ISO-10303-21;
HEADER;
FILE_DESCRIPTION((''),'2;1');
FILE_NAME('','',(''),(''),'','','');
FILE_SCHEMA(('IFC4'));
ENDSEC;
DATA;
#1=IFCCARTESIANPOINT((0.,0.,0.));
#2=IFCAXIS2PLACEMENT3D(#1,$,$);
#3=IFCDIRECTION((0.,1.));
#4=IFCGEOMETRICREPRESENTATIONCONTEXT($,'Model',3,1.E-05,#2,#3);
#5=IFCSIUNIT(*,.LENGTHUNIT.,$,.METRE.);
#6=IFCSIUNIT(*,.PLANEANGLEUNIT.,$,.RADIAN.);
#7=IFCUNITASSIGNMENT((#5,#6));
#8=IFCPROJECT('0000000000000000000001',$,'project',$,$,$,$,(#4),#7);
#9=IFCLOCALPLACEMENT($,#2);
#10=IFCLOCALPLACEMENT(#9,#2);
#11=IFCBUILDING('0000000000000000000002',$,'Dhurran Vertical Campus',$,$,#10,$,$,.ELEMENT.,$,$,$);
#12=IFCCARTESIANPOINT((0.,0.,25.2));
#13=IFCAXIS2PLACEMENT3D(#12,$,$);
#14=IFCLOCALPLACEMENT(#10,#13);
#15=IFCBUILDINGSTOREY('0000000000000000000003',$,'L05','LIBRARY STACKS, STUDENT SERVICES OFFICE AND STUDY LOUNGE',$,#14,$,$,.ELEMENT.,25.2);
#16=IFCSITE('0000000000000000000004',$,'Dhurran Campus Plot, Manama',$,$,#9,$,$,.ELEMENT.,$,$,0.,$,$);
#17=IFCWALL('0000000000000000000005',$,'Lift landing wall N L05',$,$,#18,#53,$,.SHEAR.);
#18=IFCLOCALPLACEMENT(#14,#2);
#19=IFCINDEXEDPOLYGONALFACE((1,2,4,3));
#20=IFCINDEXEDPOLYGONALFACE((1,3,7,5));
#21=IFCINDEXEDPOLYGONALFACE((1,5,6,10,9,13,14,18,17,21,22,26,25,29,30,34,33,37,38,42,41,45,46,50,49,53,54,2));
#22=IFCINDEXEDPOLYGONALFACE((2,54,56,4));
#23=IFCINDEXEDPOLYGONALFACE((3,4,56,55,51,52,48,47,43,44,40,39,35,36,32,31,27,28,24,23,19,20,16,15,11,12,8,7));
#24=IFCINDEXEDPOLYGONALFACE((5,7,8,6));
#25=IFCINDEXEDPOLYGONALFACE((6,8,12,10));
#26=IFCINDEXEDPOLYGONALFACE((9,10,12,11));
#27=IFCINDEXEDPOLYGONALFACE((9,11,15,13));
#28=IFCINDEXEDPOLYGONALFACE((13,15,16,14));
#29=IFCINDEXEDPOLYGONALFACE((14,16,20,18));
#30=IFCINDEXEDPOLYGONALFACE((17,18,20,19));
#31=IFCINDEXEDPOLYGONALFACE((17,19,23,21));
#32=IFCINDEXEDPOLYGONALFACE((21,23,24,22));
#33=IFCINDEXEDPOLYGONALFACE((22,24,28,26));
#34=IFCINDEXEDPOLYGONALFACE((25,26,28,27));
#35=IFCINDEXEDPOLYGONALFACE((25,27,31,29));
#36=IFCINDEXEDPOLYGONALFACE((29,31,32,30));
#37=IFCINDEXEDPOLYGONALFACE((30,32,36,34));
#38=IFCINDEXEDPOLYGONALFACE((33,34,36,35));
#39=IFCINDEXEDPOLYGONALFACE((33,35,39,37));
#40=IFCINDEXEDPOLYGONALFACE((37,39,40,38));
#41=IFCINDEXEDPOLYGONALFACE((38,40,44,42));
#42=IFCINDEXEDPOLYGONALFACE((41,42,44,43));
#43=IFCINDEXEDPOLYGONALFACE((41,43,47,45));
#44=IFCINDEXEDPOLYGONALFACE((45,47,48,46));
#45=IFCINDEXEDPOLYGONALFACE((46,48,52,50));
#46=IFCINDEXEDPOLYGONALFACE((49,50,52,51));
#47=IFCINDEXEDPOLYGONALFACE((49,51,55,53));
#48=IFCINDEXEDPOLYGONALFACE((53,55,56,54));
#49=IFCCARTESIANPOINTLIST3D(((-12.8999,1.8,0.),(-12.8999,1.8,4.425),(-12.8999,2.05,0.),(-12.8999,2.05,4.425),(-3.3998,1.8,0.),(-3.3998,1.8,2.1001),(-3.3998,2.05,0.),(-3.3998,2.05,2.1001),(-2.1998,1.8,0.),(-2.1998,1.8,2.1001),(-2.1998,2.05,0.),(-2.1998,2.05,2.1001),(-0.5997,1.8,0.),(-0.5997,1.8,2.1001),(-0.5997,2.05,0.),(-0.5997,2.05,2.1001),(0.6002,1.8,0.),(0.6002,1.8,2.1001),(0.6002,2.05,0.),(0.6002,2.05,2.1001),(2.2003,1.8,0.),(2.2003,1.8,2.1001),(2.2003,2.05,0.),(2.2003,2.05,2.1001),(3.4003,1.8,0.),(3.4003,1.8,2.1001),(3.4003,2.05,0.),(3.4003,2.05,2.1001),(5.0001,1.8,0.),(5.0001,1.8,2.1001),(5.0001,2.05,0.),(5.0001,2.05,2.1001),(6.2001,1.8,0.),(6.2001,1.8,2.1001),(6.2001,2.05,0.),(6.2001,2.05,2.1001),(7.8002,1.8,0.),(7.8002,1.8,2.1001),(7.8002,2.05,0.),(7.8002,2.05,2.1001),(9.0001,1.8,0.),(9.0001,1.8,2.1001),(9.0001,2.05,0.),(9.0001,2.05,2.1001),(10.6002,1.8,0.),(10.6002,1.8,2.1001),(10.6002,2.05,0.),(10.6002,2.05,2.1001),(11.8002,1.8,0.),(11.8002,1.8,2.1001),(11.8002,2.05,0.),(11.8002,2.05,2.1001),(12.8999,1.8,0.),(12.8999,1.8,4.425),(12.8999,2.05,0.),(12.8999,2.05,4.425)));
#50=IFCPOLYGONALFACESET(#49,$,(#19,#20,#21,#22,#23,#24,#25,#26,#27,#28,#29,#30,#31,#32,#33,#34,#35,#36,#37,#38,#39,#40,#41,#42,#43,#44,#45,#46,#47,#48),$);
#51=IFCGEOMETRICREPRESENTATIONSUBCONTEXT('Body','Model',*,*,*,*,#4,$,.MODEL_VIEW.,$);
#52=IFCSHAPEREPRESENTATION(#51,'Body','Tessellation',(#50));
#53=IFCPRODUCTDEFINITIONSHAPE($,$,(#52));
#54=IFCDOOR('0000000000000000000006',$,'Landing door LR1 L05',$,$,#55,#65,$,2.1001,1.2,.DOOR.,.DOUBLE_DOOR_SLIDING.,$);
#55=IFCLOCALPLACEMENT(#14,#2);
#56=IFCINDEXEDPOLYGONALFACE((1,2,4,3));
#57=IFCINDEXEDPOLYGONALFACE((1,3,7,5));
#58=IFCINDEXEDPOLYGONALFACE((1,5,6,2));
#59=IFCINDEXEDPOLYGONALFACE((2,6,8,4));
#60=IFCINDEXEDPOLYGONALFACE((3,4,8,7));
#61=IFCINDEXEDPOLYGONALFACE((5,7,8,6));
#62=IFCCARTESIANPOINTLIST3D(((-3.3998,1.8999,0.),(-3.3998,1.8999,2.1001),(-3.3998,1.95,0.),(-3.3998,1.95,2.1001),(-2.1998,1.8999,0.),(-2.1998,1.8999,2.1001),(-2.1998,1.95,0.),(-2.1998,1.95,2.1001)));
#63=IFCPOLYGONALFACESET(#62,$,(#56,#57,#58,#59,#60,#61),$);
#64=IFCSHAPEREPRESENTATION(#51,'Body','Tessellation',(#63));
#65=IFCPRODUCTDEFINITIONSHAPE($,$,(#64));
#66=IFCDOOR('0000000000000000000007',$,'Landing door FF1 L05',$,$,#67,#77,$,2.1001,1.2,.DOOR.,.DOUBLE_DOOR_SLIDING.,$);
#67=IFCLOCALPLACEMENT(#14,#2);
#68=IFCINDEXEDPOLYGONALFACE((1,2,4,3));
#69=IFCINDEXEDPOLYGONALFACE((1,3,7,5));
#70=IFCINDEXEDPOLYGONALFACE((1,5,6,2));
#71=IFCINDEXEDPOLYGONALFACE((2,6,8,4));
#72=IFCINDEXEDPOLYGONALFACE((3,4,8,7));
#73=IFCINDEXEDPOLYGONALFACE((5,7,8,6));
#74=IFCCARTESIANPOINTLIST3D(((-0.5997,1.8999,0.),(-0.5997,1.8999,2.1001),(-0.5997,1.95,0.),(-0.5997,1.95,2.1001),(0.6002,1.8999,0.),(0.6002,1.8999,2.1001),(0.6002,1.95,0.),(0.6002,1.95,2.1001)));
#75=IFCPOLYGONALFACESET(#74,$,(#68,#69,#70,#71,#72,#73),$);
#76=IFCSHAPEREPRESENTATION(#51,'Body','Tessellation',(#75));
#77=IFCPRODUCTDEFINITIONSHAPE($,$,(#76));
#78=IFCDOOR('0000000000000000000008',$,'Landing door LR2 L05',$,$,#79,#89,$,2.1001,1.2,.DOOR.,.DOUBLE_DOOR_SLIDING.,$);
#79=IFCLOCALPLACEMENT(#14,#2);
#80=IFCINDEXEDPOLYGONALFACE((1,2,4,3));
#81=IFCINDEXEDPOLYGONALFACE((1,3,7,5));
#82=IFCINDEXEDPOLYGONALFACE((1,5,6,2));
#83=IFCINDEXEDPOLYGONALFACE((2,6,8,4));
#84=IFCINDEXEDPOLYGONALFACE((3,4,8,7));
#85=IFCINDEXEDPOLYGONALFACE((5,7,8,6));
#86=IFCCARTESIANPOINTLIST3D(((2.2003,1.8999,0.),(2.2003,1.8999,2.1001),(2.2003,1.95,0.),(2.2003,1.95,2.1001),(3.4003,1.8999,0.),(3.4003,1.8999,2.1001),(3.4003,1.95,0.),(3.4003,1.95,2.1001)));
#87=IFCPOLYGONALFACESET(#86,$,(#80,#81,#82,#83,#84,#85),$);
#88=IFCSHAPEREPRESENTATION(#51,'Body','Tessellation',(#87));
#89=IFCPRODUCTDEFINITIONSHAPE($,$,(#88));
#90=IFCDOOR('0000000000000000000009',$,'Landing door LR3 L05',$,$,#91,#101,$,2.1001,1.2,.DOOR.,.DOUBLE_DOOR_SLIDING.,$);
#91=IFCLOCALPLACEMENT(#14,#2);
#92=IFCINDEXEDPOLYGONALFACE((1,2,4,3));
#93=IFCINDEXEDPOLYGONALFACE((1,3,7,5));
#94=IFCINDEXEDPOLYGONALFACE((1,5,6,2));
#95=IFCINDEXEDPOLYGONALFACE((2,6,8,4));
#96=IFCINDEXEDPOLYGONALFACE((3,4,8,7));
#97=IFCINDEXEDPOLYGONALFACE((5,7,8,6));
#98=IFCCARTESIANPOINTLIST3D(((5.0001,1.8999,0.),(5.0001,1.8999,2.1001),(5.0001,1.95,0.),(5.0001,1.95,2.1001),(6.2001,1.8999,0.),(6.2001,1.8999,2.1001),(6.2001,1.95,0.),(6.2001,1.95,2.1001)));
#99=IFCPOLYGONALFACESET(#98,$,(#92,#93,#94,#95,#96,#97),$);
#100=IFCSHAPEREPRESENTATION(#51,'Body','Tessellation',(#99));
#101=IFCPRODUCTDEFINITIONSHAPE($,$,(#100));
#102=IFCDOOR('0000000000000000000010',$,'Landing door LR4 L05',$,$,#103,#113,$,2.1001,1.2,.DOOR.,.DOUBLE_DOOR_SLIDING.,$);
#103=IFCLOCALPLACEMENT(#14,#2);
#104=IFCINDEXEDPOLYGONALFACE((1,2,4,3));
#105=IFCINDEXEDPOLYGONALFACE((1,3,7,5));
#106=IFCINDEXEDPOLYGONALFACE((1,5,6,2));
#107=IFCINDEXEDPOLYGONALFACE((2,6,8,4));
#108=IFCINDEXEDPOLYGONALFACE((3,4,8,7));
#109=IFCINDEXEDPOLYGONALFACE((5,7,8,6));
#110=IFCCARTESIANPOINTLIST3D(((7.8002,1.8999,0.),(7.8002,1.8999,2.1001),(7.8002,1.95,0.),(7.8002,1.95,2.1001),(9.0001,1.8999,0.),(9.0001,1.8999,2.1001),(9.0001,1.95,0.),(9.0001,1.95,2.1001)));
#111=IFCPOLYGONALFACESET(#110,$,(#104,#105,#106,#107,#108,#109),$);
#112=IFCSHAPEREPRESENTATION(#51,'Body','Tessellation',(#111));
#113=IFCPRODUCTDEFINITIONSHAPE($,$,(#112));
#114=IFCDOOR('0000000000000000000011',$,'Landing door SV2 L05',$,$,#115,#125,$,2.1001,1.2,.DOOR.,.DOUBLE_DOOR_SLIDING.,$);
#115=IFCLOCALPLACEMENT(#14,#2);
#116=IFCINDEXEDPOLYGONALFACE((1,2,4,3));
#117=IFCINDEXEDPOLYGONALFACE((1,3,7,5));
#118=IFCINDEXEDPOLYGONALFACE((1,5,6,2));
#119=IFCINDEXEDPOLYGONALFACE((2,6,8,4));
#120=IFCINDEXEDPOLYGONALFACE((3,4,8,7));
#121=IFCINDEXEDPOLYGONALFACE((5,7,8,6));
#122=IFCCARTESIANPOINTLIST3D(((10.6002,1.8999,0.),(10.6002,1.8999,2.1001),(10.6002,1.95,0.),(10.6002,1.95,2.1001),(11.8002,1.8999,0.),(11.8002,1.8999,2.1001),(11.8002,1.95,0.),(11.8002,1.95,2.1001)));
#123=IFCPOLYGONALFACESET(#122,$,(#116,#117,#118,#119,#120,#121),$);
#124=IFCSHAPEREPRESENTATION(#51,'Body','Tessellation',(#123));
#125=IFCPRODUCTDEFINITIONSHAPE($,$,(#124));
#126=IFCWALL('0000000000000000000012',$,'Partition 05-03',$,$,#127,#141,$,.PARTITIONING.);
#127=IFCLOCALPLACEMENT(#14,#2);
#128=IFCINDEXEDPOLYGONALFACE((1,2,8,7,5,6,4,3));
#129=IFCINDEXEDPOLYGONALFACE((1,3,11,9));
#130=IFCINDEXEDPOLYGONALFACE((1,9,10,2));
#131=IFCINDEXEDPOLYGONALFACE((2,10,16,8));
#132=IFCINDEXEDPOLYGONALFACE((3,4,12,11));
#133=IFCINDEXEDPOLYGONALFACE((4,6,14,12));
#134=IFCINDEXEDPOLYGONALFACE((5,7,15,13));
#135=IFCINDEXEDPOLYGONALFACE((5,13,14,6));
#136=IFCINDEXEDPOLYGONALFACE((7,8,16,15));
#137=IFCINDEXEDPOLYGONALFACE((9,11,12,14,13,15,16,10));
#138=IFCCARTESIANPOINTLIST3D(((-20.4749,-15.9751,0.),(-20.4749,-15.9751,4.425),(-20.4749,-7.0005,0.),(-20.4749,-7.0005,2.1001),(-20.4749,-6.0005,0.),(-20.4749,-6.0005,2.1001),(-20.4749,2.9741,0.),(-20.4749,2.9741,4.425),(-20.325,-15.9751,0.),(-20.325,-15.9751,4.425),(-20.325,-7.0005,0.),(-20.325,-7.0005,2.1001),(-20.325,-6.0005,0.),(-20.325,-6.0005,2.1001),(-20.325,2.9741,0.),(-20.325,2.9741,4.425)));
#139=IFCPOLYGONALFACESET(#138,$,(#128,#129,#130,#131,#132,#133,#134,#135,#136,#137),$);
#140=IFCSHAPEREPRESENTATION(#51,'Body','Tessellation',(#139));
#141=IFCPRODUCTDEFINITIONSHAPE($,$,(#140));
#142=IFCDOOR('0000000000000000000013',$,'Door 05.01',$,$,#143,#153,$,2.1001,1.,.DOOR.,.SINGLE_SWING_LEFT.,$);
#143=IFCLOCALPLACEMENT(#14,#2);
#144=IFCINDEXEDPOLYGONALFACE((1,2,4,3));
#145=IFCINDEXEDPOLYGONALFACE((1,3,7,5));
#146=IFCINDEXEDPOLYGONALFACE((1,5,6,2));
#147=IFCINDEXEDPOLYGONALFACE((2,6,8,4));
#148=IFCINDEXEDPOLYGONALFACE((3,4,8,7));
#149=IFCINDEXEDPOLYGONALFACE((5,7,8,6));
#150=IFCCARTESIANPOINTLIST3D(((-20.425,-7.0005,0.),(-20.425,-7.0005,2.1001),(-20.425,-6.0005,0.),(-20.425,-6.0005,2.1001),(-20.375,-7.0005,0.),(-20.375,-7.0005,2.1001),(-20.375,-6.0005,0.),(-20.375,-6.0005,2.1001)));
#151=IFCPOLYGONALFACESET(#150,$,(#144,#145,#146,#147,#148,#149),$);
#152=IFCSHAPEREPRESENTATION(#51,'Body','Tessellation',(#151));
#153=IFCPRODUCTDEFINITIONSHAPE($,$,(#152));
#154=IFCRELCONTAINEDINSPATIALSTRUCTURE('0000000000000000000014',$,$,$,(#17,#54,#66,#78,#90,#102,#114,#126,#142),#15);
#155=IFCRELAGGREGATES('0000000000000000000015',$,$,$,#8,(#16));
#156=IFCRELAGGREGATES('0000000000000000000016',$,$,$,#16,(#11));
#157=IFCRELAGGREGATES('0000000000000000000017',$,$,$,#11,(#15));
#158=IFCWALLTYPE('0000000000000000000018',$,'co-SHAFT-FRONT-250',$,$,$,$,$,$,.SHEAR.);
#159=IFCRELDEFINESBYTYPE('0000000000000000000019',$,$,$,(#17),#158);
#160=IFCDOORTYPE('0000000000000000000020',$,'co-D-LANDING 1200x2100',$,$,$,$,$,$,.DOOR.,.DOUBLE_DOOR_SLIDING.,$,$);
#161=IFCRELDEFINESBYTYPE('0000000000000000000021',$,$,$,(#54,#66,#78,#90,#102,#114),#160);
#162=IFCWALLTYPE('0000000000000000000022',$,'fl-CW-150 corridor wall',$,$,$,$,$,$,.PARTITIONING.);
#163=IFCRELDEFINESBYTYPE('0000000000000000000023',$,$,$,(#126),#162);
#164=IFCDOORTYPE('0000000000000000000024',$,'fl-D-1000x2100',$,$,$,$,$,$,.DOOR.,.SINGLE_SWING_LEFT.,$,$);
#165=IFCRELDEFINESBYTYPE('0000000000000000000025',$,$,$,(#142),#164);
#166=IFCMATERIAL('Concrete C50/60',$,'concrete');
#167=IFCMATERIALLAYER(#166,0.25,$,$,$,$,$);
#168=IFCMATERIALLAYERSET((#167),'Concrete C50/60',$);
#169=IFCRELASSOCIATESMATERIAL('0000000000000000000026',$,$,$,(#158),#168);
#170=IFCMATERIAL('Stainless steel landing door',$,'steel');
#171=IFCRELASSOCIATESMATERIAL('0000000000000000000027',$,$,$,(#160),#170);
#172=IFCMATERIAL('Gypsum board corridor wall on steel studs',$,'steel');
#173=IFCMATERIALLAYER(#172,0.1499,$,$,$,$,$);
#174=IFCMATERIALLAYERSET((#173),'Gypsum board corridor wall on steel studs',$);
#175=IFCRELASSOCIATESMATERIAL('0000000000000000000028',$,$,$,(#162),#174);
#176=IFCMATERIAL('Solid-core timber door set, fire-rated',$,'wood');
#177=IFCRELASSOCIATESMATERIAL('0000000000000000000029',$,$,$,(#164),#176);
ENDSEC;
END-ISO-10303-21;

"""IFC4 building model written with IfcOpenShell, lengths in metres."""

from ifc_helpers import new_model, si_unit, direction, frame, frame_2d, origin, place, context, subcontext, project, spatial, rectangle, extrude, material, layer, layer_set, type_object, element, fill, save


model = new_model("IFC4")

# Units and contexts
model_context = context("Model", 3, precision=1e-05, world=origin(), true_north=direction((0.0, 1.0)))
body_context = subcontext(model_context, "Body", "Model", "MODEL_VIEW")
ifc_project = project(units=[si_unit("LENGTHUNIT", "METRE"), si_unit("PLANEANGLEUNIT", "RADIAN")], contexts=[model_context])

# Site, building, storey
site_placement = place(None, origin())
site = spatial("IfcSite", under=ifc_project, at=site_placement, Name="Dhurran Campus Plot, Manama", CompositionType="ELEMENT", RefElevation=0.0)
building_placement = place(site_placement, origin())
building = spatial("IfcBuilding", under=site, at=building_placement, Name="Dhurran Vertical Campus", CompositionType="ELEMENT")
storey_placement = place(building_placement, frame((0.0, 0.0, 25.2)))
storey = spatial("IfcBuildingStorey", under=building, at=storey_placement, Name="L05", Description="LIBRARY STACKS, STUDENT SERVICES OFFICE AND STUDY LOUNGE", CompositionType="ELEMENT", Elevation=25.2)

# Wall, openings, doors
ifc_material_1 = material(Name="Concrete C50/60", Category="concrete")
ifc_layer_1 = layer(ifc_material_1, 0.25)
ifc_layer_set_1 = layer_set([ifc_layer_1], Name="Concrete C50/60")
wall_type_1 = type_object("IfcWallType", Name="co-SHAFT-FRONT-250", PredefinedType="SHEAR", material=ifc_layer_set_1)
wall_1_placement = place(storey_placement, frame((-12.8999, 1.925, 0.0), z_axis=(0.0, 0.0, 1.0), x_axis=(1.0, 0.0, 0.0)))
wall_1 = element("IfcWall", 1, at=wall_1_placement, inside=storey, type_object=wall_type_1, Name="Lift landing wall N L05", PredefinedType="SHEAR", context=body_context, shape_type="SweptSolid", body=[
    extrude(rectangle(XDim=25.7998, YDim=0.25, at=frame_2d((12.8999, 0.0))), origin(), (0.0, 0.0, 1.0), 4.425),
])
opening_1_placement = place(wall_1_placement, frame((9.5, 0.0, 0.0)))
opening_1 = element("IfcOpeningElement", 2, at=opening_1_placement, cuts=wall_1, PredefinedType="OPENING", context=body_context, shape_type="SweptSolid", body=[
    extrude(rectangle(XDim=1.2, YDim=2.1001, at=frame_2d((0.6001, 1.05))), frame((0.0, 0.135, 0.0), z_axis=(0.0, -1.0, 0.0), x_axis=(1.0, 0.0, 0.0)), (0.0, 0.0, 1.0), 0.27),
])
opening_2_placement = place(wall_1_placement, frame((12.3, 0.0, 0.0)))
opening_2 = element("IfcOpeningElement", 3, at=opening_2_placement, cuts=wall_1, PredefinedType="OPENING", context=body_context, shape_type="SweptSolid", body=[
    extrude(rectangle(XDim=1.2, YDim=2.1001, at=frame_2d((0.6001, 1.05))), frame((0.0, 0.135, 0.0), z_axis=(0.0, -1.0, 0.0), x_axis=(1.0, 0.0, 0.0)), (0.0, 0.0, 1.0), 0.27),
])
opening_3_placement = place(wall_1_placement, frame((15.1001, 0.0, 0.0)))
opening_3 = element("IfcOpeningElement", 4, at=opening_3_placement, cuts=wall_1, PredefinedType="OPENING", context=body_context, shape_type="SweptSolid", body=[
    extrude(rectangle(XDim=1.2, YDim=2.1001, at=frame_2d((0.6001, 1.05))), frame((0.0, 0.135, 0.0), z_axis=(0.0, -1.0, 0.0), x_axis=(1.0, 0.0, 0.0)), (0.0, 0.0, 1.0), 0.27),
])
opening_4_placement = place(wall_1_placement, frame((17.8999, 0.0, 0.0)))
opening_4 = element("IfcOpeningElement", 5, at=opening_4_placement, cuts=wall_1, PredefinedType="OPENING", context=body_context, shape_type="SweptSolid", body=[
    extrude(rectangle(XDim=1.2, YDim=2.1001, at=frame_2d((0.6001, 1.05))), frame((0.0, 0.135, 0.0), z_axis=(0.0, -1.0, 0.0), x_axis=(1.0, 0.0, 0.0)), (0.0, 0.0, 1.0), 0.27),
])
opening_5_placement = place(wall_1_placement, frame((20.7, 0.0, 0.0)))
opening_5 = element("IfcOpeningElement", 6, at=opening_5_placement, cuts=wall_1, PredefinedType="OPENING", context=body_context, shape_type="SweptSolid", body=[
    extrude(rectangle(XDim=1.2, YDim=2.1001, at=frame_2d((0.6001, 1.05))), frame((0.0, 0.135, 0.0), z_axis=(0.0, -1.0, 0.0), x_axis=(1.0, 0.0, 0.0)), (0.0, 0.0, 1.0), 0.27),
])
opening_6_placement = place(wall_1_placement, frame((23.5, 0.0, 0.0)))
opening_6 = element("IfcOpeningElement", 7, at=opening_6_placement, cuts=wall_1, PredefinedType="OPENING", context=body_context, shape_type="SweptSolid", body=[
    extrude(rectangle(XDim=1.2, YDim=2.1001, at=frame_2d((0.6001, 1.05))), frame((0.0, 0.135, 0.0), z_axis=(0.0, -1.0, 0.0), x_axis=(1.0, 0.0, 0.0)), (0.0, 0.0, 1.0), 0.27),
])
ifc_material_2 = material(Name="Stainless steel landing door", Category="steel")
door_type_1 = type_object("IfcDoorType", Name="co-D-LANDING 1200x2100", OperationType="DOUBLE_DOOR_SLIDING", PredefinedType="DOOR", material=ifc_material_2)
door_1_placement = place(opening_1_placement, origin())
door_1 = element("IfcDoor", 8, at=door_1_placement, inside=storey, type_object=door_type_1, Name="Landing door LR1 L05", OperationType="DOUBLE_DOOR_SLIDING", OverallHeight=2.1001, OverallWidth=1.2, PredefinedType="DOOR", context=body_context, shape_type="SweptSolid", body=[
    extrude(rectangle(XDim=1.2, YDim=2.1001, at=frame_2d((0.6001, 1.05))), frame((0.0, 0.0249, 0.0), z_axis=(0.0, -1.0, 0.0), x_axis=(1.0, 0.0, 0.0)), (0.0, 0.0, 1.0), 0.05),
])
fill(opening_1, door_1)
door_2_placement = place(opening_2_placement, origin())
door_2 = element("IfcDoor", 9, at=door_2_placement, inside=storey, type_object=door_type_1, Name="Landing door FF1 L05", OperationType="DOUBLE_DOOR_SLIDING", OverallHeight=2.1001, OverallWidth=1.2, PredefinedType="DOOR", context=body_context, shape_type="SweptSolid", body=[
    extrude(rectangle(XDim=1.2, YDim=2.1001, at=frame_2d((0.6001, 1.05))), frame((0.0, 0.0249, 0.0), z_axis=(0.0, -1.0, 0.0), x_axis=(1.0, 0.0, 0.0)), (0.0, 0.0, 1.0), 0.05),
])
fill(opening_2, door_2)
door_3_placement = place(opening_3_placement, origin())
door_3 = element("IfcDoor", 10, at=door_3_placement, inside=storey, type_object=door_type_1, Name="Landing door LR2 L05", OperationType="DOUBLE_DOOR_SLIDING", OverallHeight=2.1001, OverallWidth=1.2, PredefinedType="DOOR", context=body_context, shape_type="SweptSolid", body=[
    extrude(rectangle(XDim=1.2, YDim=2.1001, at=frame_2d((0.6001, 1.05))), frame((0.0, 0.0249, 0.0), z_axis=(0.0, -1.0, 0.0), x_axis=(1.0, 0.0, 0.0)), (0.0, 0.0, 1.0), 0.05),
])
fill(opening_3, door_3)
door_4_placement = place(opening_4_placement, origin())
door_4 = element("IfcDoor", 11, at=door_4_placement, inside=storey, type_object=door_type_1, Name="Landing door LR3 L05", OperationType="DOUBLE_DOOR_SLIDING", OverallHeight=2.1001, OverallWidth=1.2, PredefinedType="DOOR", context=body_context, shape_type="SweptSolid", body=[
    extrude(rectangle(XDim=1.2, YDim=2.1001, at=frame_2d((0.6001, 1.05))), frame((0.0, 0.0249, 0.0), z_axis=(0.0, -1.0, 0.0), x_axis=(1.0, 0.0, 0.0)), (0.0, 0.0, 1.0), 0.05),
])
fill(opening_4, door_4)
door_5_placement = place(opening_5_placement, origin())
door_5 = element("IfcDoor", 12, at=door_5_placement, inside=storey, type_object=door_type_1, Name="Landing door LR4 L05", OperationType="DOUBLE_DOOR_SLIDING", OverallHeight=2.1001, OverallWidth=1.2, PredefinedType="DOOR", context=body_context, shape_type="SweptSolid", body=[
    extrude(rectangle(XDim=1.2, YDim=2.1001, at=frame_2d((0.6001, 1.05))), frame((0.0, 0.0249, 0.0), z_axis=(0.0, -1.0, 0.0), x_axis=(1.0, 0.0, 0.0)), (0.0, 0.0, 1.0), 0.05),
])
fill(opening_5, door_5)
door_6_placement = place(opening_6_placement, origin())
door_6 = element("IfcDoor", 13, at=door_6_placement, inside=storey, type_object=door_type_1, Name="Landing door SV2 L05", OperationType="DOUBLE_DOOR_SLIDING", OverallHeight=2.1001, OverallWidth=1.2, PredefinedType="DOOR", context=body_context, shape_type="SweptSolid", body=[
    extrude(rectangle(XDim=1.2, YDim=2.1001, at=frame_2d((0.6001, 1.05))), frame((0.0, 0.0249, 0.0), z_axis=(0.0, -1.0, 0.0), x_axis=(1.0, 0.0, 0.0)), (0.0, 0.0, 1.0), 0.05),
])
fill(opening_6, door_6)

# Wall, opening, door
ifc_material_3 = material(Name="Gypsum board corridor wall on steel studs", Category="steel")
ifc_layer_2 = layer(ifc_material_3, 0.1499)
ifc_layer_set_2 = layer_set([ifc_layer_2], Name="Gypsum board corridor wall on steel studs")
wall_type_2 = type_object("IfcWallType", Name="fl-CW-150 corridor wall", PredefinedType="PARTITIONING", material=ifc_layer_set_2)
wall_2_placement = place(storey_placement, frame((-20.3999, 2.9741, 0.0), z_axis=(0.0, 0.0, 1.0), x_axis=(0.0, -1.0, 0.0)))
wall_2 = element("IfcWall", 14, at=wall_2_placement, inside=storey, type_object=wall_type_2, Name="Partition 05-03", PredefinedType="PARTITIONING", context=body_context, shape_type="SweptSolid", body=[
    extrude(rectangle(XDim=18.9492, YDim=0.1499, at=frame_2d((9.4746, 0.0))), origin(), (0.0, 0.0, 1.0), 4.425),
])
opening_7_placement = place(wall_2_placement, frame((8.9746, 0.0, 0.0)))
opening_7 = element("IfcOpeningElement", 15, at=opening_7_placement, cuts=wall_2, PredefinedType="OPENING", context=body_context, shape_type="SweptSolid", body=[
    extrude(rectangle(XDim=1.0, YDim=2.1001, at=frame_2d((0.5, 1.05))), frame((0.0, 0.085, 0.0), z_axis=(0.0, -1.0, 0.0), x_axis=(1.0, 0.0, 0.0)), (0.0, 0.0, 1.0), 0.1699),
])
ifc_material_4 = material(Name="Solid-core timber door set, fire-rated", Category="wood")
door_type_2 = type_object("IfcDoorType", Name="fl-D-1000x2100", OperationType="SINGLE_SWING_LEFT", PredefinedType="DOOR", material=ifc_material_4)
door_7_placement = place(opening_7_placement, origin())
door_7 = element("IfcDoor", 16, at=door_7_placement, inside=storey, type_object=door_type_2, Name="Door 05.01", OperationType="SINGLE_SWING_LEFT", OverallHeight=2.1001, OverallWidth=1.0, PredefinedType="DOOR", context=body_context, shape_type="SweptSolid", body=[
    extrude(rectangle(XDim=1.0, YDim=2.1001, at=frame_2d((0.5, 1.05))), frame((0.0, 0.0249, 0.0), z_axis=(0.0, -1.0, 0.0), x_axis=(1.0, 0.0, 0.0)), (0.0, 0.0, 1.0), 0.05),
])
fill(opening_7, door_7)

save(model, "model.ifc")
